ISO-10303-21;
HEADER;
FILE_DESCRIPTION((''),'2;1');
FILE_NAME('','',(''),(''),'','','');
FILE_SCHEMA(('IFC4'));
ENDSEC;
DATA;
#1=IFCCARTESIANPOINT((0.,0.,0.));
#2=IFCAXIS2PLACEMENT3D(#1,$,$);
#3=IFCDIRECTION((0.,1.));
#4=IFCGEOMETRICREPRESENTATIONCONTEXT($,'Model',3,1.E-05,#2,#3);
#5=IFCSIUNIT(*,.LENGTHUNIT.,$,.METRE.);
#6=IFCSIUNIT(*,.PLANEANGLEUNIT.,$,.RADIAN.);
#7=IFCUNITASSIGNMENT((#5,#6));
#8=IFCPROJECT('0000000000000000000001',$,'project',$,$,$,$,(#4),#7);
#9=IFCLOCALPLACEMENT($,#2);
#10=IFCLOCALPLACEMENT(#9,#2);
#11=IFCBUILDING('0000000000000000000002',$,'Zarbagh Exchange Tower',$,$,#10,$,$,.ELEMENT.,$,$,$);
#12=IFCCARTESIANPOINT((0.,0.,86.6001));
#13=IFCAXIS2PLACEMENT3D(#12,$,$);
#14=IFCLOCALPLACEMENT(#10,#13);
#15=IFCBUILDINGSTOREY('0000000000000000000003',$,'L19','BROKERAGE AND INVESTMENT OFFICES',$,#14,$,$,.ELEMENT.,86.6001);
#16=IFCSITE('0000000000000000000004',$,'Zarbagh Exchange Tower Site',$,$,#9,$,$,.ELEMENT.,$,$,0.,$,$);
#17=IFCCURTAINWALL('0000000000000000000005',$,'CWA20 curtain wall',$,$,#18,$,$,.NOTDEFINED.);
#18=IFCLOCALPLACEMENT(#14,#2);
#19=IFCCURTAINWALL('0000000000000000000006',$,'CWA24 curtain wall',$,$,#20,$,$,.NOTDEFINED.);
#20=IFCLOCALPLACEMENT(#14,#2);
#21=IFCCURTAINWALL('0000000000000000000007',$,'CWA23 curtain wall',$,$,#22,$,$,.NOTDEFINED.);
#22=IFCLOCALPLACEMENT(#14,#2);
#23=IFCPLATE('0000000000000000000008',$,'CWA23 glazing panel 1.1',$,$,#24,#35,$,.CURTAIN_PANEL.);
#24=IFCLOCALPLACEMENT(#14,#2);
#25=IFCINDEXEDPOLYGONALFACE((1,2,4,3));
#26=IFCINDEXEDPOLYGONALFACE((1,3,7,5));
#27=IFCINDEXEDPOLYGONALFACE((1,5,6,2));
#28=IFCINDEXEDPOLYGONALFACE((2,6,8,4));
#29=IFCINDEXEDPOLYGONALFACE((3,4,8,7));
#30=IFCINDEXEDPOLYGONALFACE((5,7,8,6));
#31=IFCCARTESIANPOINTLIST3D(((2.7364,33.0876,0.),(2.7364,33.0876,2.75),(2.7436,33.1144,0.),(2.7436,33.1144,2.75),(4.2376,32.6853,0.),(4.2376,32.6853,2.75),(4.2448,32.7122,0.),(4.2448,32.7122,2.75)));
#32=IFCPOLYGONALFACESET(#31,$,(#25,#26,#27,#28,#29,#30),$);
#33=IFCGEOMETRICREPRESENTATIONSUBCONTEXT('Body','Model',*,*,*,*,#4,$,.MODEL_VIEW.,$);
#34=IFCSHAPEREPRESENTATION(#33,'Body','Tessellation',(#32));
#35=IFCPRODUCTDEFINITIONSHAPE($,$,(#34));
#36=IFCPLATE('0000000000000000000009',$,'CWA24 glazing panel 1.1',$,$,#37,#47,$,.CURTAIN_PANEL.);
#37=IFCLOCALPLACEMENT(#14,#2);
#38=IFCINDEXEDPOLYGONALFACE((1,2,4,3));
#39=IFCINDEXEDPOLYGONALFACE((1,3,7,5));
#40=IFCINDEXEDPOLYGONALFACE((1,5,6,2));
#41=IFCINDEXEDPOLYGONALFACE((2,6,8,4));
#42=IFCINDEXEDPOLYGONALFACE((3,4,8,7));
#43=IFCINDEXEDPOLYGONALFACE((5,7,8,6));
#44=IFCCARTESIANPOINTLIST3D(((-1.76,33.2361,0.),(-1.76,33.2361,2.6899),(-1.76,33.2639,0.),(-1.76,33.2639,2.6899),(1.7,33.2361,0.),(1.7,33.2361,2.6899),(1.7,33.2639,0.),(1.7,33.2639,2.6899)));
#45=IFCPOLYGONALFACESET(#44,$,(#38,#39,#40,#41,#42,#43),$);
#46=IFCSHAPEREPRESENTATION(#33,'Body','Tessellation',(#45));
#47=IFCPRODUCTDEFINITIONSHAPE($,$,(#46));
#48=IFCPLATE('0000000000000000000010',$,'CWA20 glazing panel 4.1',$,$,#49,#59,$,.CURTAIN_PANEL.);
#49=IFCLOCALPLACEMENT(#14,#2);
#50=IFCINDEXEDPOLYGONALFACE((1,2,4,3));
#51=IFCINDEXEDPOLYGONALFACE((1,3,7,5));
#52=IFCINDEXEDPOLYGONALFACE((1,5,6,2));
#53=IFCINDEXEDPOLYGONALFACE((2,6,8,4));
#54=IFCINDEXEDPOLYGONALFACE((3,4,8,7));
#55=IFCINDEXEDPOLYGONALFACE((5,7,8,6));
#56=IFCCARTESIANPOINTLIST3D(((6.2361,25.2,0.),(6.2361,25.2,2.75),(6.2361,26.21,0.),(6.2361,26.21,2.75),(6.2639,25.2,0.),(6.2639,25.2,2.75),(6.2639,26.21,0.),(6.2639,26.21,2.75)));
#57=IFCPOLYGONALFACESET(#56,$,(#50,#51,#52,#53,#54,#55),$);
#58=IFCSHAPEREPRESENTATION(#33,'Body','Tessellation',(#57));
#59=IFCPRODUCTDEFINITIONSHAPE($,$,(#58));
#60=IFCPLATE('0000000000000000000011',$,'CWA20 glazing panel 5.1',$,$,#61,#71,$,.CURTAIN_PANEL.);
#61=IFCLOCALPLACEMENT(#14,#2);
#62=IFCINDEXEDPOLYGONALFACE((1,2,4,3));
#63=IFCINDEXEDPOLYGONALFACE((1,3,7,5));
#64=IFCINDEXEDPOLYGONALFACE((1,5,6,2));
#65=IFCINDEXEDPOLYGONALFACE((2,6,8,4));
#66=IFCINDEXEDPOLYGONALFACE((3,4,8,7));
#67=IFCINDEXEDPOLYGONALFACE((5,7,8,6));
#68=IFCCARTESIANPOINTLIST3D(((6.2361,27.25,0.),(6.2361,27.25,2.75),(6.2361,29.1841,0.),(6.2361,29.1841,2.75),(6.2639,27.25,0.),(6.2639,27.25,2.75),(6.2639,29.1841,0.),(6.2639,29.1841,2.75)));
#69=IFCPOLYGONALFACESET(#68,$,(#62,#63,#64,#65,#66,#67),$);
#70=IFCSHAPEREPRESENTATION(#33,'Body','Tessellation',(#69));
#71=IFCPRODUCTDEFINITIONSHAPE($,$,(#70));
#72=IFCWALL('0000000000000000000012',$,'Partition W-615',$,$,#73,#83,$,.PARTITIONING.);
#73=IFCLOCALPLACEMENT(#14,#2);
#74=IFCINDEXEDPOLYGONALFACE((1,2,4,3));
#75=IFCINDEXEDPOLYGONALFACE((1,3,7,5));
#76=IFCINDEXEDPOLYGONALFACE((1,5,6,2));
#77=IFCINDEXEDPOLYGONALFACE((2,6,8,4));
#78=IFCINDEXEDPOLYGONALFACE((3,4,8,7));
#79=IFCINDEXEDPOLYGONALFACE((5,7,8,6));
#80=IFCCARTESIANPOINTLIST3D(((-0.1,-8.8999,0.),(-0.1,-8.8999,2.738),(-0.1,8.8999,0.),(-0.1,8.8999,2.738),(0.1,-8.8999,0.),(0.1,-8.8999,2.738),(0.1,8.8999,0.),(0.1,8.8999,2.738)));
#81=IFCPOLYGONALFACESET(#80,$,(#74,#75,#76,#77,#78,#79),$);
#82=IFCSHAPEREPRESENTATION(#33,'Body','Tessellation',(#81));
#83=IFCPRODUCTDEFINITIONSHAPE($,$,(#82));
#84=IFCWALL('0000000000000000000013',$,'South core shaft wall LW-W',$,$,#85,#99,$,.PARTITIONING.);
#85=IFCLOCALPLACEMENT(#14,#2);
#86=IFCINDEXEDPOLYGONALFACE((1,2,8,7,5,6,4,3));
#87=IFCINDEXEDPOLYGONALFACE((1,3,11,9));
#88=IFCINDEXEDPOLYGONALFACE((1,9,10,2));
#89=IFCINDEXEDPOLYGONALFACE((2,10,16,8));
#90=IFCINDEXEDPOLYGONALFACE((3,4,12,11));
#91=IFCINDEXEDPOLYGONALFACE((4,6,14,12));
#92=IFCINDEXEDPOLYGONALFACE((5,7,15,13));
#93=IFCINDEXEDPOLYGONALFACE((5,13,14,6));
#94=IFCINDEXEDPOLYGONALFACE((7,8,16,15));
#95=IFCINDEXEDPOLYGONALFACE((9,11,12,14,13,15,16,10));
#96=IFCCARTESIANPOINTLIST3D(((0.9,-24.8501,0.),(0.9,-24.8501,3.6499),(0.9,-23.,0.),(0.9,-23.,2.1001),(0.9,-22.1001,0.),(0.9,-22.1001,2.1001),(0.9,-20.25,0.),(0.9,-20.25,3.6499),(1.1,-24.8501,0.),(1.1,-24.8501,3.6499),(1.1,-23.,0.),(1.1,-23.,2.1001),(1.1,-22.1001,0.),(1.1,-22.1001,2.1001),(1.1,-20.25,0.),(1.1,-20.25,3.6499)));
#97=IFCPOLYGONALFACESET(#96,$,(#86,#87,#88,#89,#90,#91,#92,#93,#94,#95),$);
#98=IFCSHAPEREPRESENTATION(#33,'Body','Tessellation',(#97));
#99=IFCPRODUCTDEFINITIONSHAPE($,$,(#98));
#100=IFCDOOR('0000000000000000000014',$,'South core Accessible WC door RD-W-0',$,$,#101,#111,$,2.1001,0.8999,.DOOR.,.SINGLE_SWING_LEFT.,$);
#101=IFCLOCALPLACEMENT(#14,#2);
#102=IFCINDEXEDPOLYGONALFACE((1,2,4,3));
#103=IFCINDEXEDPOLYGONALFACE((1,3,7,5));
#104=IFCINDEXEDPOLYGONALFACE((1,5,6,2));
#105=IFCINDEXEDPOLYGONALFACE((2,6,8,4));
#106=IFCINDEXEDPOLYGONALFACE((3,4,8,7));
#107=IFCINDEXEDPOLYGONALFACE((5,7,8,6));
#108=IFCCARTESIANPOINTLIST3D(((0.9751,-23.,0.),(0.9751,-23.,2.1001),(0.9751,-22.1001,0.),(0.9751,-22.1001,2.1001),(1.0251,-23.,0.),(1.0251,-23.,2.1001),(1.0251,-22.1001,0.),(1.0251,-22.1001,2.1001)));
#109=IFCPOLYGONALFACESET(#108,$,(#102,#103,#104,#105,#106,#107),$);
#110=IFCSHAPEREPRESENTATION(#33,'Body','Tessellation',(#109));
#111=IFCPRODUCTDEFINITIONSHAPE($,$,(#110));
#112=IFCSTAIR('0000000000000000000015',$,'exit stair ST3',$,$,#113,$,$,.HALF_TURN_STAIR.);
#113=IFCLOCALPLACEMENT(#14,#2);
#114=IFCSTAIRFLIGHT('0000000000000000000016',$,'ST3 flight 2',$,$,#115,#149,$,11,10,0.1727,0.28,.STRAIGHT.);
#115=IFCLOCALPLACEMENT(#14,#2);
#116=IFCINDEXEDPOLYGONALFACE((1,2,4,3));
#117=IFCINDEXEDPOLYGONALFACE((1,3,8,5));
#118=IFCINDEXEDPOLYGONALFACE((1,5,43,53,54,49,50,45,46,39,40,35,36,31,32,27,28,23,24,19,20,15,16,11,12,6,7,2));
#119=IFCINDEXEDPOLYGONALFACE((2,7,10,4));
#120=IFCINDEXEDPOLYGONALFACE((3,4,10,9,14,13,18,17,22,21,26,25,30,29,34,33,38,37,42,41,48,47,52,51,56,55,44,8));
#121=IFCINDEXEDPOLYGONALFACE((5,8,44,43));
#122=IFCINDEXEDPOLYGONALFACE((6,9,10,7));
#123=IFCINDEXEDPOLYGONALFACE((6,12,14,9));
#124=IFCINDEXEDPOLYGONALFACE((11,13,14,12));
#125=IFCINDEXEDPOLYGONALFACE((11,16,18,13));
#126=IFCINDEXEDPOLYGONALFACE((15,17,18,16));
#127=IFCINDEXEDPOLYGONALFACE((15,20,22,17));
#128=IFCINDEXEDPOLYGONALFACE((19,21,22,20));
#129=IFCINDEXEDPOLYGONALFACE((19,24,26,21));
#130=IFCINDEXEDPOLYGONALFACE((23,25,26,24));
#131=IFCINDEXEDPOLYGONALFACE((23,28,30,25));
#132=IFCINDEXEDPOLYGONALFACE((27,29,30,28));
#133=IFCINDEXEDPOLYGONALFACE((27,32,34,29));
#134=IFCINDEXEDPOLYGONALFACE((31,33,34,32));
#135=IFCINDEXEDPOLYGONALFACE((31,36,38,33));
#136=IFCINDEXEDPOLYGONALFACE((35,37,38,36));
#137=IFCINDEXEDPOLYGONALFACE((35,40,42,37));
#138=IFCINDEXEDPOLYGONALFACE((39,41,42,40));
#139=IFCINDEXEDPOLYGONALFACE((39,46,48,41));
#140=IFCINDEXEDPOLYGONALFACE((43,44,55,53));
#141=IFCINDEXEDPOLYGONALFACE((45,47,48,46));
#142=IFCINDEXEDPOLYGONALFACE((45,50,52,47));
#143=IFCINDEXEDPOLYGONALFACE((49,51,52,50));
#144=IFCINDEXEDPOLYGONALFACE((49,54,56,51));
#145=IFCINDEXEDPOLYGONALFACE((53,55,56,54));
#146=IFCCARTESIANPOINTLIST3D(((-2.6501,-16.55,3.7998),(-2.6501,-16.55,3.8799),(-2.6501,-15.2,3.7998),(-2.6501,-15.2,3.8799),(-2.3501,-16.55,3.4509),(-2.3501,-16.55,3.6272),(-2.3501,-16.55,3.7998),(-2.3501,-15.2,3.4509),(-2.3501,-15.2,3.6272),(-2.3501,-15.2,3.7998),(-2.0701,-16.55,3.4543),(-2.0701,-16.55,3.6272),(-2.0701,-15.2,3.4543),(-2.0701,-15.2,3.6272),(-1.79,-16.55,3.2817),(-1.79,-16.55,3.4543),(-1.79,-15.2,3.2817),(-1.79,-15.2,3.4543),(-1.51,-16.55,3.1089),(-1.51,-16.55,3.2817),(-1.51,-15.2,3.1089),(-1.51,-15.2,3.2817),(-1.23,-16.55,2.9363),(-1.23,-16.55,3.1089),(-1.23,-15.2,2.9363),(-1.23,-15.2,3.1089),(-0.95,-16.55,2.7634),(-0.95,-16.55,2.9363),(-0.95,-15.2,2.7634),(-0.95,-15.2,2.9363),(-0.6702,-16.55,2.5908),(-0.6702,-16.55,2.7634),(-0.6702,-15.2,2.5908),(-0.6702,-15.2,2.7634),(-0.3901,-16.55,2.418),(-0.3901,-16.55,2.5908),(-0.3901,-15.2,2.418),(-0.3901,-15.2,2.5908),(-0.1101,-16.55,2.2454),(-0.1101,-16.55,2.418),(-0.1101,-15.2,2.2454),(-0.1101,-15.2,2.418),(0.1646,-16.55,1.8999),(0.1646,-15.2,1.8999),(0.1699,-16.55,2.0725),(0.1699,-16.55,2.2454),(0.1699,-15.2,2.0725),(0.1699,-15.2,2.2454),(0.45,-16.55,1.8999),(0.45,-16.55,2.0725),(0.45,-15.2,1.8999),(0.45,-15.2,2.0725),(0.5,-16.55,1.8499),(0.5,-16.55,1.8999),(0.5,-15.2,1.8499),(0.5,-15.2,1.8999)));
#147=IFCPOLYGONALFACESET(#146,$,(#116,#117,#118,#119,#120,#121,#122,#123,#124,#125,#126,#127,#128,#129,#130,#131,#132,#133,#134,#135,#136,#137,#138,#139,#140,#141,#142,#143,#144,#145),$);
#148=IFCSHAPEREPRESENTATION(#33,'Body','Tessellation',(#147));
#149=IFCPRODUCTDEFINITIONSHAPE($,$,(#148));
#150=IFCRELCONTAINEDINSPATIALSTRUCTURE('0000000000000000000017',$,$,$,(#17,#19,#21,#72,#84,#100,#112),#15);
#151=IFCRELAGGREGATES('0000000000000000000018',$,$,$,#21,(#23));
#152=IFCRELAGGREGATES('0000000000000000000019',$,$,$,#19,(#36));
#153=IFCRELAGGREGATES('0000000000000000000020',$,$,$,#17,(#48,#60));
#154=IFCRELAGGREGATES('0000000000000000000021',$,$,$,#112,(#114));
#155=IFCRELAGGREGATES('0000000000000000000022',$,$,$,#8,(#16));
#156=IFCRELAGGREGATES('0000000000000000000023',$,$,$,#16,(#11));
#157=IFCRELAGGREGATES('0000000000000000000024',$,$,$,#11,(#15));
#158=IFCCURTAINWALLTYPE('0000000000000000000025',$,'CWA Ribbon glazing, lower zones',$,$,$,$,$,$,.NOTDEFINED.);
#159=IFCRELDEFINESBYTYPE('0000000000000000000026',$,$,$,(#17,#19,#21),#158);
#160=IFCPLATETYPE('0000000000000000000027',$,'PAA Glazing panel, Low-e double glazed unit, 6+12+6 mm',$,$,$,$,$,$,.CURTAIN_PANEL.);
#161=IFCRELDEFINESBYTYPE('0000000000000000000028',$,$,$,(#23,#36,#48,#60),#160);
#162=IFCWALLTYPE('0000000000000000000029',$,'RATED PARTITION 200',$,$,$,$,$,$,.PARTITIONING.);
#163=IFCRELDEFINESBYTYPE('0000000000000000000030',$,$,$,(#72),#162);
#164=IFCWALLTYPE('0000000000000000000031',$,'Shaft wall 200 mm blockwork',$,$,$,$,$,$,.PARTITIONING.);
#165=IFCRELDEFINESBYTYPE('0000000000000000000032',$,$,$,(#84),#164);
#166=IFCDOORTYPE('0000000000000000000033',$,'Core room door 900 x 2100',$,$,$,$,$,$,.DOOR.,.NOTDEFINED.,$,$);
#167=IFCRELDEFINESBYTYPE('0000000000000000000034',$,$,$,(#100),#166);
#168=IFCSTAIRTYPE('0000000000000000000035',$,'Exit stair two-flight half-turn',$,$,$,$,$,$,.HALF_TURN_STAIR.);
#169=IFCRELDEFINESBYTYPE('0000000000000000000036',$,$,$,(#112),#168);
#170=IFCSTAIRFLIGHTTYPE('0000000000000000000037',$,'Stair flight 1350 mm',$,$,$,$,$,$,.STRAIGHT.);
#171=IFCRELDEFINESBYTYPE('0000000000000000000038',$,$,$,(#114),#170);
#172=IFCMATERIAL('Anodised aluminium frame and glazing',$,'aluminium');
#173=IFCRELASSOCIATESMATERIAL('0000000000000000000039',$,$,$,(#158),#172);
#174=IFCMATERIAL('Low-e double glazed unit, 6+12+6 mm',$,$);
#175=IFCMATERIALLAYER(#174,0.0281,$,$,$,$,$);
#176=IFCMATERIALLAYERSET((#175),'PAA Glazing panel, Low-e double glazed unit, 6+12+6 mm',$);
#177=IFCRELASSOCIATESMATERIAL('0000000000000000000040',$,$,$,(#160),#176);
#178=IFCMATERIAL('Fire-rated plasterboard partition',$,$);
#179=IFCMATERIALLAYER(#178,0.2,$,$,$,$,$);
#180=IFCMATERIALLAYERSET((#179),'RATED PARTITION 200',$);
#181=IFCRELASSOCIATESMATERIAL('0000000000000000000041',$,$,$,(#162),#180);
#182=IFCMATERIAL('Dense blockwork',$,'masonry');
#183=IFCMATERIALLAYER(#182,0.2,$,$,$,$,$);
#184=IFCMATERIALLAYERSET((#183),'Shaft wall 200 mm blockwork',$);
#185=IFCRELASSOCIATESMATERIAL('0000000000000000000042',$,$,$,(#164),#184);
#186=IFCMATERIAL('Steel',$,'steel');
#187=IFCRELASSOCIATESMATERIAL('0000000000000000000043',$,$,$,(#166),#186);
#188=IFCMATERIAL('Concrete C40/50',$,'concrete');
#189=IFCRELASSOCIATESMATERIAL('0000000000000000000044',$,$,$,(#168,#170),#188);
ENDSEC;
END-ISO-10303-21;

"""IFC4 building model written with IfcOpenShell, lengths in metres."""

from ifc_helpers import new_model, si_unit, direction, frame, frame_2d, origin, place, context, subcontext, project, spatial, polyline, rectangle, outline, extrude, source, transform, mapped, material, layer, layer_set, type_object, element, fill, aggregate, save


model = new_model("IFC4")

# Units and contexts
model_context = context("Model", 3, precision=1e-05, world=origin(), true_north=direction((0.0, 1.0)))
body_context = subcontext(model_context, "Body", "Model", "MODEL_VIEW")
ifc_project = project(units=[si_unit("LENGTHUNIT", "METRE"), si_unit("PLANEANGLEUNIT", "RADIAN")], contexts=[model_context])

# Site, building, storey
site_placement = place(None, origin())
site = spatial("IfcSite", under=ifc_project, at=site_placement, Name="Zarbagh Exchange Tower Site", CompositionType="ELEMENT", RefElevation=0.0)
building_placement = place(site_placement, origin())
building = spatial("IfcBuilding", under=site, at=building_placement, Name="Zarbagh Exchange Tower", CompositionType="ELEMENT")
storey_placement = place(building_placement, frame((0.0, 0.0, 86.6001)))
storey = spatial("IfcBuildingStorey", under=building, at=storey_placement, Name="L19", Description="BROKERAGE AND INVESTMENT OFFICES", CompositionType="ELEMENT", Elevation=86.6001)

# Curtain wall
ifc_material_1 = material(Name="Anodised aluminium frame and glazing", Category="aluminium")
curtain_wall_type = type_object("IfcCurtainWallType", Name="CWA Ribbon glazing, lower zones", PredefinedType="NOTDEFINED", material=ifc_material_1)
curtain_wall_1_placement = place(storey_placement, origin())
curtain_wall_1 = element("IfcCurtainWall", 1, at=curtain_wall_1_placement, inside=storey, type_object=curtain_wall_type, Name="CWA20 curtain wall", PredefinedType="NOTDEFINED")
placement = place(storey_placement, origin())

# Curtain wall
curtain_wall_2_placement = place(storey_placement, origin())
curtain_wall_2 = element("IfcCurtainWall", 2, at=curtain_wall_2_placement, inside=storey, type_object=curtain_wall_type, Name="CWA24 curtain wall", PredefinedType="NOTDEFINED")

# Shared definitions
ifc_material_2 = material(Name="Low-e double glazed unit, 6+12+6 mm")
ifc_layer_1 = layer(ifc_material_2, 0.0281)
ifc_layer_set_1 = layer_set([ifc_layer_1], Name="PAA Glazing panel, Low-e double glazed unit, 6+12+6 mm")
plate_type = type_object("IfcPlateType", Name="PAA Glazing panel, Low-e double glazed unit, 6+12+6 mm", PredefinedType="CURTAIN_PANEL", material=ifc_layer_set_1)

# Curtain wall, plate
curtain_wall_3_placement = place(storey_placement, origin())
curtain_wall_3 = element("IfcCurtainWall", 3, at=curtain_wall_3_placement, inside=storey, type_object=curtain_wall_type, Name="CWA23 curtain wall", PredefinedType="NOTDEFINED")
shared_shape_1 = source(origin(), body_context, "Body", "SweptSolid", [
    extrude(outline(polyline([(0.0, -0.0139), (1.5542, -0.0139), (1.5542, 0.0139), (0.0, 0.0139), (0.0, -0.0139)])), origin(), (0.0, 0.0, 1.0), 2.75),
])
plate_1 = element("IfcPlate", 4, at=placement, type_object=plate_type, Name="CWA23 glazing panel 1.1", PredefinedType="CURTAIN_PANEL", context=body_context, shape_type="MappedRepresentation", body=[
    mapped(shared_shape_1, transform((4.2412, 32.6987, 0.0), x_axis=(-0.965924, 0.258825, 0.0), y_axis=(-0.258825, -0.965924, 0.0), z_axis=(0.0, 0.0, 1.0))),
])
aggregate(curtain_wall_3, [plate_1])

# Plates
shared_shape_2 = source(origin(), body_context, "Body", "SweptSolid", [
    extrude(outline(polyline([(0.0, -0.0139), (3.46, -0.0139), (3.46, 0.0139), (0.0, 0.0139), (0.0, -0.0139)])), origin(), (0.0, 0.0, 1.0), 2.6899),
])
plate_2 = element("IfcPlate", 5, at=placement, type_object=plate_type, Name="CWA24 glazing panel 1.1", PredefinedType="CURTAIN_PANEL", context=body_context, shape_type="MappedRepresentation", body=[
    mapped(shared_shape_2, transform((1.7, 33.25, 0.0), x_axis=(-1.0, 0.0, 0.0), y_axis=(0.0, -1.0, 0.0), z_axis=(0.0, 0.0, 1.0))),
])
aggregate(curtain_wall_2, [plate_2])
shared_shape_3 = source(origin(), body_context, "Body", "SweptSolid", [
    extrude(outline(polyline([(0.0, -0.0139), (1.01, -0.0139), (1.01, 0.0139), (0.0, 0.0139), (0.0, -0.0139)])), origin(), (0.0, 0.0, 1.0), 2.75),
])
plate_3 = element("IfcPlate", 6, at=placement, type_object=plate_type, Name="CWA20 glazing panel 4.1", PredefinedType="CURTAIN_PANEL", context=body_context, shape_type="MappedRepresentation", body=[
    mapped(shared_shape_3, transform((6.25, 25.2, 0.0), x_axis=(0.0, 1.0, 0.0), y_axis=(-1.0, 0.0, 0.0), z_axis=(0.0, 0.0, 1.0))),
])
shared_shape_4 = source(origin(), body_context, "Body", "SweptSolid", [
    extrude(outline(polyline([(0.0, -0.0139), (1.9341, -0.0139), (1.9341, 0.0139), (0.0, 0.0139), (0.0, -0.0139)])), origin(), (0.0, 0.0, 1.0), 2.75),
])
plate_4 = element("IfcPlate", 7, at=placement, type_object=plate_type, Name="CWA20 glazing panel 5.1", PredefinedType="CURTAIN_PANEL", context=body_context, shape_type="MappedRepresentation", body=[
    mapped(shared_shape_4, transform((6.25, 27.25, 0.0), x_axis=(0.0, 1.0, 0.0), y_axis=(-1.0, 0.0, 0.0), z_axis=(0.0, 0.0, 1.0))),
])
aggregate(curtain_wall_1, [plate_3, plate_4])

# Wall
ifc_material_3 = material(Name="Fire-rated plasterboard partition")
ifc_layer_2 = layer(ifc_material_3, 0.2)
ifc_layer_set_2 = layer_set([ifc_layer_2], Name="RATED PARTITION 200")
wall_type_1 = type_object("IfcWallType", Name="RATED PARTITION 200", PredefinedType="PARTITIONING", material=ifc_layer_set_2)
wall_1_placement = place(storey_placement, frame((0.0, -8.8999, 0.0), z_axis=(0.0, 0.0, 1.0), x_axis=(0.0, 1.0, 0.0)))
element("IfcWall", 8, at=wall_1_placement, inside=storey, type_object=wall_type_1, Name="Partition W-615", PredefinedType="PARTITIONING", context=body_context, shape_type="SweptSolid", body=[
    extrude(rectangle(XDim=17.7998, YDim=0.2, at=frame_2d((8.8999, 0.0))), origin(), (0.0, 0.0, 1.0), 2.738),
])

# Wall, opening, door
ifc_material_4 = material(Name="Dense blockwork", Category="masonry")
ifc_layer_3 = layer(ifc_material_4, 0.2)
ifc_layer_set_3 = layer_set([ifc_layer_3], Name="Shaft wall 200 mm blockwork")
wall_type_2 = type_object("IfcWallType", Name="Shaft wall 200 mm blockwork", PredefinedType="PARTITIONING", material=ifc_layer_set_3)
wall_2_placement = place(storey_placement, frame((1.0, -24.8501, 0.0), z_axis=(0.0, 0.0, 1.0), x_axis=(0.0, 1.0, 0.0)))
wall_2 = element("IfcWall", 9, at=wall_2_placement, inside=storey, type_object=wall_type_2, Name="South core shaft wall LW-W", PredefinedType="PARTITIONING", context=body_context, shape_type="SweptSolid", body=[
    extrude(rectangle(XDim=4.6001, YDim=0.2, at=frame_2d((2.3, 0.0))), origin(), (0.0, 0.0, 1.0), 3.6499),
])
opening_placement = place(wall_2_placement, frame((1.8501, 0.0, 0.0)))
opening = element("IfcOpeningElement", 10, at=opening_placement, cuts=wall_2, PredefinedType="OPENING", context=body_context, shape_type="SweptSolid", body=[
    extrude(rectangle(XDim=0.8999, YDim=2.1001, at=frame_2d((0.45, 1.05))), frame((0.0, 0.1099, 0.0), z_axis=(0.0, -1.0, 0.0), x_axis=(1.0, 0.0, 0.0)), (0.0, 0.0, 1.0), 0.22),
])
ifc_material_5 = material(Name="Steel", Category="steel")
door_type = type_object("IfcDoorType", Name="Core room door 900 x 2100", OperationType="NOTDEFINED", PredefinedType="DOOR", material=ifc_material_5)
door_placement = place(opening_placement, origin())
door = element("IfcDoor", 11, at=door_placement, inside=storey, type_object=door_type, Name="South core Accessible WC door RD-W-0", OperationType="SINGLE_SWING_LEFT", OverallHeight=2.1001, OverallWidth=0.8999, PredefinedType="DOOR", context=body_context, shape_type="SweptSolid", body=[
    extrude(rectangle(XDim=0.8999, YDim=2.1001, at=frame_2d((0.45, 1.05))), frame((0.0, 0.0249, 0.0), z_axis=(0.0, -1.0, 0.0), x_axis=(1.0, 0.0, 0.0)), (0.0, 0.0, 1.0), 0.05),
])
fill(opening, door)

# Stair, stair flight
ifc_material_6 = material(Name="Concrete C40/50", Category="concrete")
stair_type = type_object("IfcStairType", Name="Exit stair two-flight half-turn", PredefinedType="HALF_TURN_STAIR", material=ifc_material_6)
stair_1_placement = place(storey_placement, origin())
stair_1 = element("IfcStair", 12, at=stair_1_placement, inside=storey, type_object=stair_type, Name="exit stair ST3", PredefinedType="HALF_TURN_STAIR")
stair_flight_type_1 = type_object("IfcStairFlightType", Name="Stair flight 1350 mm", PredefinedType="STRAIGHT", material=ifc_material_6)
stair_flight_1_placement = place(storey_placement, frame((0.45, -15.875, 1.8999), z_axis=(0.0, 0.0, 1.0), x_axis=(-1.0, 0.0, 0.0)))
stair_flight_1 = element("IfcStairFlight", 13, at=stair_flight_1_placement, type_object=stair_flight_type_1, Name="ST3 flight 2", NumberOfRisers=11, NumberOfTreads=10, PredefinedType="STRAIGHT", RiserHeight=0.1727, TreadLength=0.28, context=body_context, shape_type="SweptSolid", body=[
    extrude(outline(polyline([(-0.05, -0.05), (-0.05, 0.0), (0.0, 0.0), (0.0, 0.1726), (0.28, 0.1726), (0.28, 0.3455), (0.5601, 0.3455), (0.5601, 0.5181), (0.8401, 0.5181), (0.8401, 0.6909), (1.1201, 0.6909), (1.1201, 0.8635), (1.3999, 0.8635), (1.3999, 1.0364), (1.6799, 1.0364), (1.6799, 1.209), (1.96, 1.209), (1.96, 1.3818), (2.24, 1.3818), (2.24, 1.5544), (2.52, 1.5544), (2.52, 1.7273), (2.8, 1.7273), (2.8, 1.8999), (3.1001, 1.98), (3.1001, 1.8999), (2.8, 1.551), (0.2854, 0.0), (-0.05, -0.05)])), frame((0.0, 0.675, 0.0), z_axis=(0.0, -1.0, 0.0), x_axis=(1.0, 0.0, 0.0)), (0.0, 0.0, 1.0), 1.3501),
])
aggregate(stair_1, [stair_flight_1])

save(model, "model.ifc")
